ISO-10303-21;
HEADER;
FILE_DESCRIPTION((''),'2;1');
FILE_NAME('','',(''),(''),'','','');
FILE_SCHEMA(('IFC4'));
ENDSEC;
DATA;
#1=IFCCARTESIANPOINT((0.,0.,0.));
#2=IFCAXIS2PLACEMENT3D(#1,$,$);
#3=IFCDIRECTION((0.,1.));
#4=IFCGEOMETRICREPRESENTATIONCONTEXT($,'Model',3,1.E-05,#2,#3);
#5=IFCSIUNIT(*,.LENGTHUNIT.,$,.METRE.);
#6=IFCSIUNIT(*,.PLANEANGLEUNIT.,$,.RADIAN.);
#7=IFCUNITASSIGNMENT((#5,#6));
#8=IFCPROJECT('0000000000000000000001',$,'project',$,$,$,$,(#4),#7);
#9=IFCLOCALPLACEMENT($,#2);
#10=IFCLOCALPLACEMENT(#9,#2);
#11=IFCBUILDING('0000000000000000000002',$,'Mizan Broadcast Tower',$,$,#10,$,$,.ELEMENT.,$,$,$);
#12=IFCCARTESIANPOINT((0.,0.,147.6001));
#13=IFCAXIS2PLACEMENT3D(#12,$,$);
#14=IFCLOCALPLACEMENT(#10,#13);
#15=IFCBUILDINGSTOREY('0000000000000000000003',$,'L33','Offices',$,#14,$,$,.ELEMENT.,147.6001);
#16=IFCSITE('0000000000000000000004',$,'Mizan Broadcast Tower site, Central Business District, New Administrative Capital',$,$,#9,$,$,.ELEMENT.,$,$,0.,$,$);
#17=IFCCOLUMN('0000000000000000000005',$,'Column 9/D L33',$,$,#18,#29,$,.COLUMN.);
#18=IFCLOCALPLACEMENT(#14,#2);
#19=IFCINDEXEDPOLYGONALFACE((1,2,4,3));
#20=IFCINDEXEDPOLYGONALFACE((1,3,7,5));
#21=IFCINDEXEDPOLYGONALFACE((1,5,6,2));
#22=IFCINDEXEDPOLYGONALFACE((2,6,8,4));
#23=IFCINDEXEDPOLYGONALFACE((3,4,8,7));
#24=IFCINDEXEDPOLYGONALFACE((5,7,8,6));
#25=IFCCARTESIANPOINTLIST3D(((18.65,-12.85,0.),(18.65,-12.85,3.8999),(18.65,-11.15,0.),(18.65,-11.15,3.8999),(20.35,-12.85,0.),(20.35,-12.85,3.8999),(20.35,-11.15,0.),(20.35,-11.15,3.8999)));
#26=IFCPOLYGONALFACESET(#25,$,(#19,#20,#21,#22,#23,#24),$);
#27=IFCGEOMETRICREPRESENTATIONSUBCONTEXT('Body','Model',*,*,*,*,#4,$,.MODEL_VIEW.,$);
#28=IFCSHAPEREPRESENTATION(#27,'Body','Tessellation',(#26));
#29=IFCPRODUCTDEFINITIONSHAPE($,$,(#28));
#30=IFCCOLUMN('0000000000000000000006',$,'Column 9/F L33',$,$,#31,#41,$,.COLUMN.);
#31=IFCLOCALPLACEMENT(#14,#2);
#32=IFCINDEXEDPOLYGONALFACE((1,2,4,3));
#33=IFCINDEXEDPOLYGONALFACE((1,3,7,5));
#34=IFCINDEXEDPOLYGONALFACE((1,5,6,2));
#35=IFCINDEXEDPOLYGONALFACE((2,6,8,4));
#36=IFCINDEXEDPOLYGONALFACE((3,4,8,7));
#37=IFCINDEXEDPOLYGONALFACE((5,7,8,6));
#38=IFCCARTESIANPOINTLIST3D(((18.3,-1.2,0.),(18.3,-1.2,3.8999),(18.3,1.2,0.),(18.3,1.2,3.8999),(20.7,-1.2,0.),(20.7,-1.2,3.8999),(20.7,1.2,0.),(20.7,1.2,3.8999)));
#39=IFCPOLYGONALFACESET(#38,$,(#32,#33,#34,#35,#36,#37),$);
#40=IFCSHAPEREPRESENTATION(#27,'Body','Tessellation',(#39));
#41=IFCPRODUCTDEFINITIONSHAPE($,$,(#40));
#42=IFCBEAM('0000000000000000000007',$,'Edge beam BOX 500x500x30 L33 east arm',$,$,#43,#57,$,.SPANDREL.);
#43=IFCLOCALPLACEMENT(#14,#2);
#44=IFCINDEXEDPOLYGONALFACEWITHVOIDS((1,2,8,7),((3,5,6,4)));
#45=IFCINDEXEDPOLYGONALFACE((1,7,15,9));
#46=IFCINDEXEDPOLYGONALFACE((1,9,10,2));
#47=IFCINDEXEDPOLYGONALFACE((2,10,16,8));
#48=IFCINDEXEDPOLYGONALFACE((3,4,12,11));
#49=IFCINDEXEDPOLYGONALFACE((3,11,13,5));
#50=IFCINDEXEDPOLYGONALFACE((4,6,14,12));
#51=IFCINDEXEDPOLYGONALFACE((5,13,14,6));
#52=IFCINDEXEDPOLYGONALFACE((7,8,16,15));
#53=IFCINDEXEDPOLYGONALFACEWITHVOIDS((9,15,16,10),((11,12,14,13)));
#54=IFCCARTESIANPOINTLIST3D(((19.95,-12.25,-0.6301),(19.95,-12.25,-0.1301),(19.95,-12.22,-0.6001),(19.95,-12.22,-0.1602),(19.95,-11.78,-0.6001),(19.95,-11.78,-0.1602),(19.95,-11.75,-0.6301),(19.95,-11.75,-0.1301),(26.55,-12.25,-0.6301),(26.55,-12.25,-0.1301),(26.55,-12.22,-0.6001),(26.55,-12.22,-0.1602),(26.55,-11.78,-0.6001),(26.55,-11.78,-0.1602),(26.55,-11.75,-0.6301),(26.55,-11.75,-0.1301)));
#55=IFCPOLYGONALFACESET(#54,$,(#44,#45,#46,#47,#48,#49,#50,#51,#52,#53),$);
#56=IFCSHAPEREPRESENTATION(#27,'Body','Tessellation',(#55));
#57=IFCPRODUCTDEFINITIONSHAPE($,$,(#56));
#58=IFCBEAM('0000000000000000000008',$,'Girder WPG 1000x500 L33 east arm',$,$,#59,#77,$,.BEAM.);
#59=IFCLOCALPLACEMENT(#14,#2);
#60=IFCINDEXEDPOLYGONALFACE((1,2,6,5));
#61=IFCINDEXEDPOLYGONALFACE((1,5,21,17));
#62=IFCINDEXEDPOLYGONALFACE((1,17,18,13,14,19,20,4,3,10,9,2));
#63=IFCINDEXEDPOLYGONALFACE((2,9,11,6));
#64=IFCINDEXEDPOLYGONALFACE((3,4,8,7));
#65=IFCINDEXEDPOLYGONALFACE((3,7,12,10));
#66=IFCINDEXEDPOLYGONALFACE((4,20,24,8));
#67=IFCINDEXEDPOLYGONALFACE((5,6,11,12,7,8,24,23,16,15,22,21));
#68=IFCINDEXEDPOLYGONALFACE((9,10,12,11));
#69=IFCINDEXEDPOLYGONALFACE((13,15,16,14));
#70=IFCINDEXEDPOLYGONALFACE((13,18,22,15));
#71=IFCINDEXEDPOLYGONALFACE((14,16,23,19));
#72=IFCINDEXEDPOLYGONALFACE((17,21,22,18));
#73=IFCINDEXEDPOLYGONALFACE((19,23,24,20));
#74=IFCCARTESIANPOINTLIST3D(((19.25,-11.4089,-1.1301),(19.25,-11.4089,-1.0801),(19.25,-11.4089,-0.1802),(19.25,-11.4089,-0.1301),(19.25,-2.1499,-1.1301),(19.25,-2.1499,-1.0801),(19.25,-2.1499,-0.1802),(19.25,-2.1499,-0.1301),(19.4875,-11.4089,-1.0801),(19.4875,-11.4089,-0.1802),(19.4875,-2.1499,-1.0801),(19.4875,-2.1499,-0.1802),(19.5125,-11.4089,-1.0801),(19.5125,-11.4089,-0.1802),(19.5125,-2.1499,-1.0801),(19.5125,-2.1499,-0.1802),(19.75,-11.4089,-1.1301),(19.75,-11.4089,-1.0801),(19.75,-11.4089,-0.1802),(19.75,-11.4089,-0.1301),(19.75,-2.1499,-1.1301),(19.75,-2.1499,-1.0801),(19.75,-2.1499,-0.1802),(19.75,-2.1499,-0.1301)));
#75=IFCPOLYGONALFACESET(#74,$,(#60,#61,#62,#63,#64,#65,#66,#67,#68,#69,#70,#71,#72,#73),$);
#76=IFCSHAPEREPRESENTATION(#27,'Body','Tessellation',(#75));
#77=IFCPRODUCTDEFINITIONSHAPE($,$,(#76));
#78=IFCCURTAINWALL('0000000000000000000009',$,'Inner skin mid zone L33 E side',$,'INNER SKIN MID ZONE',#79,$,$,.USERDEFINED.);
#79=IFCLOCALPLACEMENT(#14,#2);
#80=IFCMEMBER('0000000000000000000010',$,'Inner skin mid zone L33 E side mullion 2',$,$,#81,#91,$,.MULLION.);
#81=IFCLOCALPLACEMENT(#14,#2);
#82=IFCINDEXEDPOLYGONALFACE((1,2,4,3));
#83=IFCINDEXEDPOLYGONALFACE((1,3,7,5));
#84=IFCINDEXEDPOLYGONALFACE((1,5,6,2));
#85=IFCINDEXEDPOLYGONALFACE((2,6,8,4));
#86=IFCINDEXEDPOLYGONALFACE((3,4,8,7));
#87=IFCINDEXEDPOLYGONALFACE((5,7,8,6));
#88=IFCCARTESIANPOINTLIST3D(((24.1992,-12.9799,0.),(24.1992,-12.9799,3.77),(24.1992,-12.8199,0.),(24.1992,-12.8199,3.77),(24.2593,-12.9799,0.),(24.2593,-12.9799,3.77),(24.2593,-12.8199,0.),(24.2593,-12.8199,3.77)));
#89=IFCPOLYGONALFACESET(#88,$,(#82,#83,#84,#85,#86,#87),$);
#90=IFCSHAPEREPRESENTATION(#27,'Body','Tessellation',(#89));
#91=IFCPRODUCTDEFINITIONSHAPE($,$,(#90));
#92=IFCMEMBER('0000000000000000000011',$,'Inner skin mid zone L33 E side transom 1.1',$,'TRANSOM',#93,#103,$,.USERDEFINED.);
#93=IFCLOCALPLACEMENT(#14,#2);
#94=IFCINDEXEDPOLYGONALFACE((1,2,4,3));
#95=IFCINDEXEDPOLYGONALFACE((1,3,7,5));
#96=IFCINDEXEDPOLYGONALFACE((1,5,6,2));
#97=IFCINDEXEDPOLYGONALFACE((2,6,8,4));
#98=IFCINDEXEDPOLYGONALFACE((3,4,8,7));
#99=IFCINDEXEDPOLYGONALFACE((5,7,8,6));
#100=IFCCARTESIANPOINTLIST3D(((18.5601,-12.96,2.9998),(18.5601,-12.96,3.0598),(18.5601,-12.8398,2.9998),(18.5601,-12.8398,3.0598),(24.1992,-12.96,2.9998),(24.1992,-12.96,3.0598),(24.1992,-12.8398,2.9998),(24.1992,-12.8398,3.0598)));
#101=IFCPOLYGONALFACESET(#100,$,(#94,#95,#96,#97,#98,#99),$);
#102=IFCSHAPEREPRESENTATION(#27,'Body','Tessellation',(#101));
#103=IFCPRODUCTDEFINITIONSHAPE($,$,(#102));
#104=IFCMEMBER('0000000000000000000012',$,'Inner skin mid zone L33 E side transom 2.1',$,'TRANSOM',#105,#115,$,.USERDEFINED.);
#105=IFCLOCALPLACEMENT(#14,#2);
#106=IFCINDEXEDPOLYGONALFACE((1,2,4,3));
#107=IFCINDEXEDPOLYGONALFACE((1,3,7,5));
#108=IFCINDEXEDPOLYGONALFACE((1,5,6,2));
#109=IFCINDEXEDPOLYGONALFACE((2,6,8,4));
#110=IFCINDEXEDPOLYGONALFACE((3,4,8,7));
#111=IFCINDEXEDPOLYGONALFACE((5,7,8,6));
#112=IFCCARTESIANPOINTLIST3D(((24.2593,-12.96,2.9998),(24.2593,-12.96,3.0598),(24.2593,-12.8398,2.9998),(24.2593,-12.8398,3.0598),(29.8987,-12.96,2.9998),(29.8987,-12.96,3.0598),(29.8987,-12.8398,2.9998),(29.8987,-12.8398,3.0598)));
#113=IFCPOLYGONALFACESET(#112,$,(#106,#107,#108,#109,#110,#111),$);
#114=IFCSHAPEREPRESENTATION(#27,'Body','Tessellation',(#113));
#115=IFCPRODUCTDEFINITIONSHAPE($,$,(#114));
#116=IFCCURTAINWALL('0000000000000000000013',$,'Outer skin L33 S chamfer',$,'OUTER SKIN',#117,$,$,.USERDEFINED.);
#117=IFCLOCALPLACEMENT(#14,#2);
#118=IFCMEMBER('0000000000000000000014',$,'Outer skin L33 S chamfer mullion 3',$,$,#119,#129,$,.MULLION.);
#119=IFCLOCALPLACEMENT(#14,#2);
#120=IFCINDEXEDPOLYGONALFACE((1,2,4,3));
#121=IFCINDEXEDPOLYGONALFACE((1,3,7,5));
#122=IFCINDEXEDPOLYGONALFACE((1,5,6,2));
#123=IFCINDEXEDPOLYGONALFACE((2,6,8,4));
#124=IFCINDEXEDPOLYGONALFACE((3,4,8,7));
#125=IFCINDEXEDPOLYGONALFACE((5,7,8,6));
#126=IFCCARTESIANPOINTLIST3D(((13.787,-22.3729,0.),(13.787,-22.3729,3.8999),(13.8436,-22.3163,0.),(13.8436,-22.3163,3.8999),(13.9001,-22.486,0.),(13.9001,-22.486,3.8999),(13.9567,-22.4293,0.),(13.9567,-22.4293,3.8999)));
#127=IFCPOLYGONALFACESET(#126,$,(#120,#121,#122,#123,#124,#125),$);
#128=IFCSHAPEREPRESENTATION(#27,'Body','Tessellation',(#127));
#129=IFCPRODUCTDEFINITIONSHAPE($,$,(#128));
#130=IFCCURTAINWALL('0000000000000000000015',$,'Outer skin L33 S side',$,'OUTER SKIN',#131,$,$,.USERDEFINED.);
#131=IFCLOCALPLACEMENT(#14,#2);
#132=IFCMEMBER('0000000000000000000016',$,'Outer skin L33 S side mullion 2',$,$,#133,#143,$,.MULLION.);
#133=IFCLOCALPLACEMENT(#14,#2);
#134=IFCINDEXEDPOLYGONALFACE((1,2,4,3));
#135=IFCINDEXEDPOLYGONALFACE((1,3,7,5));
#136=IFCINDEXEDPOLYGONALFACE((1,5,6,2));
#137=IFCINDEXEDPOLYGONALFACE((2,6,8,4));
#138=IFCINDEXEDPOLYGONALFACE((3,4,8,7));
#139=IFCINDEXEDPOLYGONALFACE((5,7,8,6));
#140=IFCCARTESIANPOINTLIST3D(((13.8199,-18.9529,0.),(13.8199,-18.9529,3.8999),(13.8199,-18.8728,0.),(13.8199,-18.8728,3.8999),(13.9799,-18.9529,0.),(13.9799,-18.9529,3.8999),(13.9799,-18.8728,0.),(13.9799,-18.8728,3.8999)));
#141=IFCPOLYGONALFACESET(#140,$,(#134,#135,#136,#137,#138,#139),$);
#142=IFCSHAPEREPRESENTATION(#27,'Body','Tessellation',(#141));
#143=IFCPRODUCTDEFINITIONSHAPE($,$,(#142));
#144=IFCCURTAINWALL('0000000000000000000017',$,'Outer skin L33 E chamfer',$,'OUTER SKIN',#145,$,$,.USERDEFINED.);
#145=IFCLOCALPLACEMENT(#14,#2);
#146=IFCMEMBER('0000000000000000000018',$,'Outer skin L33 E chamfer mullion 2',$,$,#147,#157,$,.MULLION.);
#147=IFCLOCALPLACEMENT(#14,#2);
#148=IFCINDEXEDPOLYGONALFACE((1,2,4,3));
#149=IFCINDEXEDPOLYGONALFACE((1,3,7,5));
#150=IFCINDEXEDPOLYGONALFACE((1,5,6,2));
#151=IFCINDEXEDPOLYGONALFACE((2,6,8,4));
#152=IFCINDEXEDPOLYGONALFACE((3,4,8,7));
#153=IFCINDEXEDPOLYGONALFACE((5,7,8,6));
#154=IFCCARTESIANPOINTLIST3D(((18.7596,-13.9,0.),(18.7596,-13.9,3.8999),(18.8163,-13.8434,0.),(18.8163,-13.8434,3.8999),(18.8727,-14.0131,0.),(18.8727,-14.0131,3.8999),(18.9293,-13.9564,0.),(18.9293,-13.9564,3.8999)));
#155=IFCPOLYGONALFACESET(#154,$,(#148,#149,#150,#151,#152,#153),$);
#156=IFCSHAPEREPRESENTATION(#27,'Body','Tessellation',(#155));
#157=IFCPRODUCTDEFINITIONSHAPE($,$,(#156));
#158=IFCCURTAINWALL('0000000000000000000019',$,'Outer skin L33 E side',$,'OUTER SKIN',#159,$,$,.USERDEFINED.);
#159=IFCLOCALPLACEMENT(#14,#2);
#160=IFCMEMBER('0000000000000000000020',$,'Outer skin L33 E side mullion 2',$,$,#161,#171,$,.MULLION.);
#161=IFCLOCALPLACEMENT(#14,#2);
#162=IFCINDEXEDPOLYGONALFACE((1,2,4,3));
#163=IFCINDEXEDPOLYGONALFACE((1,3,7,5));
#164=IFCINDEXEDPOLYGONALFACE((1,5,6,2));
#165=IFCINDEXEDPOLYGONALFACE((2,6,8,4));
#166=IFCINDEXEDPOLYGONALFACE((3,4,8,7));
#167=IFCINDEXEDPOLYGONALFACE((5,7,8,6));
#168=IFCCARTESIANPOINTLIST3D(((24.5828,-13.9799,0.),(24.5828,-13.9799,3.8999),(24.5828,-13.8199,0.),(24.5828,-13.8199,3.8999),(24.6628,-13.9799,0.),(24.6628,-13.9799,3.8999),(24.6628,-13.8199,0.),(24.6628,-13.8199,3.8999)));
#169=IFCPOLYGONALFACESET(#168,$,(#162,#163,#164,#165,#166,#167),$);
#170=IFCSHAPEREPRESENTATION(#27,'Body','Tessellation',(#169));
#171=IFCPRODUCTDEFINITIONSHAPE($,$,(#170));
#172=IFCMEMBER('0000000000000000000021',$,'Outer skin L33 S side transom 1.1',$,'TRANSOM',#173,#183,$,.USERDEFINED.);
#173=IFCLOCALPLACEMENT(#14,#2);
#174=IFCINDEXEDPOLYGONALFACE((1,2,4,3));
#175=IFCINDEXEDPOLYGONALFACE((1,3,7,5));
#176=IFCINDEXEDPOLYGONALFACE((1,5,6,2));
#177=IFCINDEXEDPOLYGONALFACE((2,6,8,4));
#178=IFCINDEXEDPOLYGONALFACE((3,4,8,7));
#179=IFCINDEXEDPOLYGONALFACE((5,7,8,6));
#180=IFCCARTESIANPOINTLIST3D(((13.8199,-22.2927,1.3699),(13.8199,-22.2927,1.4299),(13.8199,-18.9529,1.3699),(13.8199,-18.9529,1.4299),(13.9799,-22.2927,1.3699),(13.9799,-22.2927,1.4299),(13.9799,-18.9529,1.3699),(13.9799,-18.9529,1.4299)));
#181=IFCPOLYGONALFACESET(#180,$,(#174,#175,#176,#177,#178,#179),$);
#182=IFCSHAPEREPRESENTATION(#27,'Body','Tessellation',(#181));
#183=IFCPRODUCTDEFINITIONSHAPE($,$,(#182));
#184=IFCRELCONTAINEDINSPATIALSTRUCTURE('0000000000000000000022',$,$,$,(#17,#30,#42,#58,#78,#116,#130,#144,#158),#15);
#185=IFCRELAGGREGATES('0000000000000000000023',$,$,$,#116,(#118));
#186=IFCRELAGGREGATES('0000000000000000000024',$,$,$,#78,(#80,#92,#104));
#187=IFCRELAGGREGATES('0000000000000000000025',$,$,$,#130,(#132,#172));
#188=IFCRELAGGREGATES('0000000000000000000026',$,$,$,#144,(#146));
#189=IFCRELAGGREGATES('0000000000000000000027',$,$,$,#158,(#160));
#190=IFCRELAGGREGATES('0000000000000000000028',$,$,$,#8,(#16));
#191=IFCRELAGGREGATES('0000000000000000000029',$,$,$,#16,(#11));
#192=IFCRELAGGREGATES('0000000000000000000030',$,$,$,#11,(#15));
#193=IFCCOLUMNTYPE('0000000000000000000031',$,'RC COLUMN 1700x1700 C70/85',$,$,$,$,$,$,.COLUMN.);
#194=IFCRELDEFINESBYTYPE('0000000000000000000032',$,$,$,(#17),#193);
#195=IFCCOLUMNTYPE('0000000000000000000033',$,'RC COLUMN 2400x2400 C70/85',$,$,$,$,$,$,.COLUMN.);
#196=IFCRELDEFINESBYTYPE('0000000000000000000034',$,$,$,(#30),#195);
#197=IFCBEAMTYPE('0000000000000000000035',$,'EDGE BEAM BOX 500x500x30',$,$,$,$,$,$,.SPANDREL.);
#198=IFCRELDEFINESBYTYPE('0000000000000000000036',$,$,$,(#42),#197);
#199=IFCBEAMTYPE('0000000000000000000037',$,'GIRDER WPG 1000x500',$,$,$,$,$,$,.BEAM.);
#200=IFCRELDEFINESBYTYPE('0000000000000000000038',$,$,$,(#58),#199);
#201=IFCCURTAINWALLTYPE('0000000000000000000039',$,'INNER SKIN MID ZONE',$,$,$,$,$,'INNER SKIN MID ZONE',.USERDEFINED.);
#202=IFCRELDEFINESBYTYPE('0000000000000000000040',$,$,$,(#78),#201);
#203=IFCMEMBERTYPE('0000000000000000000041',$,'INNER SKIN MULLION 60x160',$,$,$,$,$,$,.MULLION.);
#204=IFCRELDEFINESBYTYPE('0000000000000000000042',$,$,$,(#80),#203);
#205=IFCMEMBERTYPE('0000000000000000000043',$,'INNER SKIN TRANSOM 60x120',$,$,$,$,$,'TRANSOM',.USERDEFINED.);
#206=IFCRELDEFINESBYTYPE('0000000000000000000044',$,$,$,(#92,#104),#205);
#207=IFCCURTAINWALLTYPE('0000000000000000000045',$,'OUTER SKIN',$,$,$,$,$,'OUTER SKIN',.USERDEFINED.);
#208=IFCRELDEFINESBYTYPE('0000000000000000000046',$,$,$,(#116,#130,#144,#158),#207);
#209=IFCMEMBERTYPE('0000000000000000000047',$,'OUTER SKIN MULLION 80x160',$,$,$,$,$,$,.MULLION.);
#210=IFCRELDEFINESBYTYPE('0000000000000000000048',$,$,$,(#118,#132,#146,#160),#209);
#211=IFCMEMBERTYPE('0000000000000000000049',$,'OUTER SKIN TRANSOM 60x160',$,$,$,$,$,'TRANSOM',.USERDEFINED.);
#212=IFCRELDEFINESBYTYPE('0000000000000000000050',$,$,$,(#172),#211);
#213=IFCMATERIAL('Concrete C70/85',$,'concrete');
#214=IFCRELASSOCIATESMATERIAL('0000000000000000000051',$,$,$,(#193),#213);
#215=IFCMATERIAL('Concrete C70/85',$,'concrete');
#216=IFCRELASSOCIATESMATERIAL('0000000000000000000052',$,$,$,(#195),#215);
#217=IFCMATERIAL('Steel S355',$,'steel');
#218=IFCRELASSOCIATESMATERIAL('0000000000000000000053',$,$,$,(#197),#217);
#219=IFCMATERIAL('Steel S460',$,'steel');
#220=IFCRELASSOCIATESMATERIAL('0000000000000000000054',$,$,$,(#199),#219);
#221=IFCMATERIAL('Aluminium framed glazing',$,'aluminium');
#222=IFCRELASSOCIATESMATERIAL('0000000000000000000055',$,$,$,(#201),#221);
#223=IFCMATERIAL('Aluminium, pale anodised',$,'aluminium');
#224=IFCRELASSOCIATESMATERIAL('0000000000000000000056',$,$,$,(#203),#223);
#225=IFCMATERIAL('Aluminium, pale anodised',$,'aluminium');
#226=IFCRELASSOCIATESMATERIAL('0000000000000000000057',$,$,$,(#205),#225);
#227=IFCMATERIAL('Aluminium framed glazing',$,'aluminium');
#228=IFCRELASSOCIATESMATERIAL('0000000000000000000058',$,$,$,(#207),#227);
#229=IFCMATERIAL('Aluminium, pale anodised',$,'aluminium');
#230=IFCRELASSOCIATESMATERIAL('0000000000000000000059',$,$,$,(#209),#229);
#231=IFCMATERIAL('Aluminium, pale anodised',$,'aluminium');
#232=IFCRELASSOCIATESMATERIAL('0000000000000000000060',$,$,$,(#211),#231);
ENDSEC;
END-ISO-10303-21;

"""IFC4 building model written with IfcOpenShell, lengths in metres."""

from ifc_helpers import new_model, si_unit, direction, frame, origin, origin_2d, place, context, subcontext, project, spatial, rectangle, hollow_rectangle, i_section, extrude, material, material_profile, profile_set, type_object, element, aggregate, save


model = new_model("IFC4")

# Units and contexts
model_context = context("Model", 3, precision=1e-05, world=origin(), true_north=direction((0.0, 1.0)))
body_context = subcontext(model_context, "Body", "Model", "MODEL_VIEW")
ifc_project = project(units=[si_unit("LENGTHUNIT", "METRE"), si_unit("PLANEANGLEUNIT", "RADIAN")], contexts=[model_context])

# Site, building, storey
site_placement = place(None, origin())
site = spatial("IfcSite", under=ifc_project, at=site_placement, Name="Mizan Broadcast Tower site, Central Business District, New Administrative Capital", CompositionType="ELEMENT", RefElevation=0.0)
building_placement = place(site_placement, origin())
building = spatial("IfcBuilding", under=site, at=building_placement, Name="Mizan Broadcast Tower", CompositionType="ELEMENT")
storey_placement = place(building_placement, frame((0.0, 0.0, 147.6001)))
storey = spatial("IfcBuildingStorey", under=building, at=storey_placement, Name="L33", Description="Offices", CompositionType="ELEMENT", Elevation=147.6001)

# Columns
ifc_material_1 = material(Name="Concrete C70/85", Category="concrete")
ifc_material_profile_1 = material_profile(ifc_material_1, rectangle(XDim=1.7, YDim=1.7, at=origin_2d()), Name="RC 1700x1700")
ifc_profile_set_1 = profile_set([ifc_material_profile_1], Name="Concrete C70/85")
column_type_1 = type_object("IfcColumnType", Name="RC COLUMN 1700x1700 C70/85", PredefinedType="COLUMN", material=ifc_profile_set_1)
column_1_placement = place(storey_placement, frame((19.5, -12.0, 0.0), z_axis=(0.0, 0.0, 1.0), x_axis=(1.0, 0.0, 0.0)))
element("IfcColumn", 1, at=column_1_placement, inside=storey, type_object=column_type_1, Name="Column 9/D L33", PredefinedType="COLUMN", context=body_context, shape_type="SweptSolid", body=[
    extrude(rectangle(XDim=1.7, YDim=1.7, at=origin_2d()), origin(), (0.0, 0.0, 1.0), 3.8999),
])
ifc_material_2 = material(Name="Concrete C70/85", Category="concrete")
ifc_material_profile_2 = material_profile(ifc_material_2, rectangle(XDim=2.3999, YDim=2.3999, at=origin_2d()), Name="RC 2400x2400")
ifc_profile_set_2 = profile_set([ifc_material_profile_2], Name="Concrete C70/85")
column_type_2 = type_object("IfcColumnType", Name="RC COLUMN 2400x2400 C70/85", PredefinedType="COLUMN", material=ifc_profile_set_2)
column_2_placement = place(storey_placement, frame((19.5, 0.0, 0.0), z_axis=(0.0, 0.0, 1.0), x_axis=(1.0, 0.0, 0.0)))
element("IfcColumn", 2, at=column_2_placement, inside=storey, type_object=column_type_2, Name="Column 9/F L33", PredefinedType="COLUMN", context=body_context, shape_type="SweptSolid", body=[
    extrude(rectangle(XDim=2.3999, YDim=2.3999, at=origin_2d()), origin(), (0.0, 0.0, 1.0), 3.8999),
])

# Beams
ifc_material_3 = material(Name="Steel S355", Category="steel")
ifc_material_profile_3 = material_profile(ifc_material_3, hollow_rectangle(XDim=0.5, YDim=0.5, WallThickness=0.03, at=origin_2d()), Name="BOX 500x500x30")
ifc_profile_set_3 = profile_set([ifc_material_profile_3], Name="Steel S355")
beam_type_1 = type_object("IfcBeamType", Name="EDGE BEAM BOX 500x500x30", PredefinedType="SPANDREL", material=ifc_profile_set_3)
beam_1_placement = place(storey_placement, frame((19.95, -12.0, -0.3801), z_axis=(1.0, 0.0, 0.0), x_axis=(0.0, 1.0, 0.0)))
element("IfcBeam", 3, at=beam_1_placement, inside=storey, type_object=beam_type_1, Name="Edge beam BOX 500x500x30 L33 east arm", PredefinedType="SPANDREL", context=body_context, shape_type="SweptSolid", body=[
    extrude(hollow_rectangle(XDim=0.5, YDim=0.5, WallThickness=0.03, at=origin_2d()), origin(), (0.0, 0.0, 1.0), 6.6001),
])
ifc_material_4 = material(Name="Steel S460", Category="steel")
ifc_material_profile_4 = material_profile(ifc_material_4, i_section(OverallWidth=0.5, OverallDepth=1.0, WebThickness=0.0249, FlangeThickness=0.05, at=origin_2d()), Name="WPG 1000x500")
ifc_profile_set_4 = profile_set([ifc_material_profile_4], Name="Steel S460")
beam_type_2 = type_object("IfcBeamType", Name="GIRDER WPG 1000x500", PredefinedType="BEAM", material=ifc_profile_set_4)
beam_2_placement = place(storey_placement, frame((19.5, -11.4089, -0.6301), z_axis=(0.0, 1.0, 0.0), x_axis=(-1.0, 0.0, 0.0)))
element("IfcBeam", 4, at=beam_2_placement, inside=storey, type_object=beam_type_2, Name="Girder WPG 1000x500 L33 east arm", PredefinedType="BEAM", context=body_context, shape_type="SweptSolid", body=[
    extrude(i_section(OverallWidth=0.5, OverallDepth=1.0, WebThickness=0.0249, FlangeThickness=0.05, at=origin_2d()), origin(), (0.0, 0.0, 1.0), 9.259),
])

# Curtain wall, members
ifc_material_5 = material(Name="Aluminium framed glazing", Category="aluminium")
curtain_wall_type_1 = type_object("IfcCurtainWallType", Name="INNER SKIN MID ZONE", ElementType="INNER SKIN MID ZONE", PredefinedType="USERDEFINED", material=ifc_material_5)
curtain_wall_1_placement = place(storey_placement, origin())
curtain_wall_1 = element("IfcCurtainWall", 5, at=curtain_wall_1_placement, inside=storey, type_object=curtain_wall_type_1, Name="Inner skin mid zone L33 E side", ObjectType="INNER SKIN MID ZONE", PredefinedType="USERDEFINED")
ifc_material_6 = material(Name="Aluminium, pale anodised", Category="aluminium")
ifc_material_profile_5 = material_profile(ifc_material_6, rectangle(XDim=0.1599, YDim=0.0601, at=origin_2d()), Name="MULLION 160x60")
ifc_profile_set_5 = profile_set([ifc_material_profile_5], Name="Aluminium, pale anodised")
member_type_1 = type_object("IfcMemberType", Name="INNER SKIN MULLION 60x160", PredefinedType="MULLION", material=ifc_profile_set_5)
member_1_placement = place(storey_placement, frame((24.2292, -12.8999, 0.0), z_axis=(0.0, 0.0, 1.0), x_axis=(0.0, 1.0, 0.0)))
member_1 = element("IfcMember", 6, at=member_1_placement, type_object=member_type_1, Name="Inner skin mid zone L33 E side mullion 2", PredefinedType="MULLION", context=body_context, shape_type="SweptSolid", body=[
    extrude(rectangle(XDim=0.1599, YDim=0.0601, at=origin_2d()), origin(), (0.0, 0.0, 1.0), 3.77),
])
ifc_material_7 = material(Name="Aluminium, pale anodised", Category="aluminium")
ifc_material_profile_6 = material_profile(ifc_material_7, rectangle(XDim=0.1201, YDim=0.0601, at=origin_2d()), Name="TRANSOM 120x60")
ifc_profile_set_6 = profile_set([ifc_material_profile_6], Name="Aluminium, pale anodised")
member_type_2 = type_object("IfcMemberType", Name="INNER SKIN TRANSOM 60x120", ElementType="TRANSOM", PredefinedType="USERDEFINED", material=ifc_profile_set_6)
member_2_placement = place(storey_placement, frame((18.5601, -12.8999, 3.0298), z_axis=(1.0, 0.0, 0.0), x_axis=(0.0, 1.0, 0.0)))
member_2 = element("IfcMember", 7, at=member_2_placement, type_object=member_type_2, Name="Inner skin mid zone L33 E side transom 1.1", ObjectType="TRANSOM", PredefinedType="USERDEFINED", context=body_context, shape_type="SweptSolid", body=[
    extrude(rectangle(XDim=0.1201, YDim=0.0601, at=origin_2d()), origin(), (0.0, 0.0, 1.0), 5.6392),
])
member_3_placement = place(storey_placement, frame((24.2593, -12.8999, 3.0298), z_axis=(1.0, 0.0, 0.0), x_axis=(0.0, 1.0, 0.0)))
member_3 = element("IfcMember", 8, at=member_3_placement, type_object=member_type_2, Name="Inner skin mid zone L33 E side transom 2.1", ObjectType="TRANSOM", PredefinedType="USERDEFINED", context=body_context, shape_type="SweptSolid", body=[
    extrude(rectangle(XDim=0.1201, YDim=0.0601, at=origin_2d()), origin(), (0.0, 0.0, 1.0), 5.6394),
])

# Curtain walls, members
ifc_material_8 = material(Name="Aluminium framed glazing", Category="aluminium")
curtain_wall_type_2 = type_object("IfcCurtainWallType", Name="OUTER SKIN", ElementType="OUTER SKIN", PredefinedType="USERDEFINED", material=ifc_material_8)
curtain_wall_2_placement = place(storey_placement, origin())
curtain_wall_2 = element("IfcCurtainWall", 9, at=curtain_wall_2_placement, inside=storey, type_object=curtain_wall_type_2, Name="Outer skin L33 S chamfer", ObjectType="OUTER SKIN", PredefinedType="USERDEFINED")
ifc_material_9 = material(Name="Aluminium, pale anodised", Category="aluminium")
ifc_material_profile_7 = material_profile(ifc_material_9, rectangle(XDim=0.1599, YDim=0.0801, at=origin_2d()), Name="MULLION 160x80")
ifc_profile_set_7 = profile_set([ifc_material_profile_7], Name="Aluminium, pale anodised")
member_type_3 = type_object("IfcMemberType", Name="OUTER SKIN MULLION 80x160", PredefinedType="MULLION", material=ifc_profile_set_7)
member_4_placement = place(storey_placement, frame((13.8718, -22.4011, 0.0), z_axis=(0.0, 0.0, 1.0), x_axis=(-0.707107, 0.707107, 0.0)))
member_4 = element("IfcMember", 10, at=member_4_placement, type_object=member_type_3, Name="Outer skin L33 S chamfer mullion 3", PredefinedType="MULLION", context=body_context, shape_type="SweptSolid", body=[
    extrude(rectangle(XDim=0.1599, YDim=0.0801, at=origin_2d()), origin(), (0.0, 0.0, 1.0), 3.8999),
])
aggregate(curtain_wall_2, [member_4])
curtain_wall_3_placement = place(storey_placement, origin())
curtain_wall_3 = element("IfcCurtainWall", 11, at=curtain_wall_3_placement, inside=storey, type_object=curtain_wall_type_2, Name="Outer skin L33 S side", ObjectType="OUTER SKIN", PredefinedType="USERDEFINED")
member_5_placement = place(storey_placement, frame((13.8999, -18.9128, 0.0), z_axis=(0.0, 0.0, 1.0), x_axis=(-1.0, 0.0, 0.0)))
member_5 = element("IfcMember", 12, at=member_5_placement, type_object=member_type_3, Name="Outer skin L33 S side mullion 2", PredefinedType="MULLION", context=body_context, shape_type="SweptSolid", body=[
    extrude(rectangle(XDim=0.1599, YDim=0.0801, at=origin_2d()), origin(), (0.0, 0.0, 1.0), 3.8999),
])
curtain_wall_4_placement = place(storey_placement, origin())
curtain_wall_4 = element("IfcCurtainWall", 13, at=curtain_wall_4_placement, inside=storey, type_object=curtain_wall_type_2, Name="Outer skin L33 E chamfer", ObjectType="OUTER SKIN", PredefinedType="USERDEFINED")
member_6_placement = place(storey_placement, frame((18.8445, -13.9282, 0.0), z_axis=(0.0, 0.0, 1.0), x_axis=(-0.707107, 0.707107, 0.0)))
member_6 = element("IfcMember", 14, at=member_6_placement, type_object=member_type_3, Name="Outer skin L33 E chamfer mullion 2", PredefinedType="MULLION", context=body_context, shape_type="SweptSolid", body=[
    extrude(rectangle(XDim=0.1599, YDim=0.0801, at=origin_2d()), origin(), (0.0, 0.0, 1.0), 3.8999),
])
curtain_wall_5_placement = place(storey_placement, origin())
curtain_wall_5 = element("IfcCurtainWall", 15, at=curtain_wall_5_placement, inside=storey, type_object=curtain_wall_type_2, Name="Outer skin L33 E side", ObjectType="OUTER SKIN", PredefinedType="USERDEFINED")
member_7_placement = place(storey_placement, frame((24.6228, -13.8999, 0.0), z_axis=(0.0, 0.0, 1.0), x_axis=(0.0, 1.0, 0.0)))
member_7 = element("IfcMember", 16, at=member_7_placement, type_object=member_type_3, Name="Outer skin L33 E side mullion 2", PredefinedType="MULLION", context=body_context, shape_type="SweptSolid", body=[
    extrude(rectangle(XDim=0.1599, YDim=0.0801, at=origin_2d()), origin(), (0.0, 0.0, 1.0), 3.8999),
])

# Member
ifc_material_10 = material(Name="Aluminium, pale anodised", Category="aluminium")
ifc_material_profile_8 = material_profile(ifc_material_10, rectangle(XDim=0.1599, YDim=0.0601, at=origin_2d()), Name="TRANSOM 160x60")
ifc_profile_set_8 = profile_set([ifc_material_profile_8], Name="Aluminium, pale anodised")
member_type_4 = type_object("IfcMemberType", Name="OUTER SKIN TRANSOM 60x160", ElementType="TRANSOM", PredefinedType="USERDEFINED", material=ifc_profile_set_8)
member_8_placement = place(storey_placement, frame((13.8999, -22.2927, 1.3999), z_axis=(0.0, 1.0, 0.0), x_axis=(-1.0, 0.0, 0.0)))
member_8 = element("IfcMember", 17, at=member_8_placement, type_object=member_type_4, Name="Outer skin L33 S side transom 1.1", ObjectType="TRANSOM", PredefinedType="USERDEFINED", context=body_context, shape_type="SweptSolid", body=[
    extrude(rectangle(XDim=0.1599, YDim=0.0601, at=origin_2d()), origin(), (0.0, 0.0, 1.0), 3.3398),
])

aggregate(curtain_wall_1, [member_1, member_2, member_3])
aggregate(curtain_wall_3, [member_5, member_8])
aggregate(curtain_wall_4, [member_6])
aggregate(curtain_wall_5, [member_7])

save(model, "model.ifc")
